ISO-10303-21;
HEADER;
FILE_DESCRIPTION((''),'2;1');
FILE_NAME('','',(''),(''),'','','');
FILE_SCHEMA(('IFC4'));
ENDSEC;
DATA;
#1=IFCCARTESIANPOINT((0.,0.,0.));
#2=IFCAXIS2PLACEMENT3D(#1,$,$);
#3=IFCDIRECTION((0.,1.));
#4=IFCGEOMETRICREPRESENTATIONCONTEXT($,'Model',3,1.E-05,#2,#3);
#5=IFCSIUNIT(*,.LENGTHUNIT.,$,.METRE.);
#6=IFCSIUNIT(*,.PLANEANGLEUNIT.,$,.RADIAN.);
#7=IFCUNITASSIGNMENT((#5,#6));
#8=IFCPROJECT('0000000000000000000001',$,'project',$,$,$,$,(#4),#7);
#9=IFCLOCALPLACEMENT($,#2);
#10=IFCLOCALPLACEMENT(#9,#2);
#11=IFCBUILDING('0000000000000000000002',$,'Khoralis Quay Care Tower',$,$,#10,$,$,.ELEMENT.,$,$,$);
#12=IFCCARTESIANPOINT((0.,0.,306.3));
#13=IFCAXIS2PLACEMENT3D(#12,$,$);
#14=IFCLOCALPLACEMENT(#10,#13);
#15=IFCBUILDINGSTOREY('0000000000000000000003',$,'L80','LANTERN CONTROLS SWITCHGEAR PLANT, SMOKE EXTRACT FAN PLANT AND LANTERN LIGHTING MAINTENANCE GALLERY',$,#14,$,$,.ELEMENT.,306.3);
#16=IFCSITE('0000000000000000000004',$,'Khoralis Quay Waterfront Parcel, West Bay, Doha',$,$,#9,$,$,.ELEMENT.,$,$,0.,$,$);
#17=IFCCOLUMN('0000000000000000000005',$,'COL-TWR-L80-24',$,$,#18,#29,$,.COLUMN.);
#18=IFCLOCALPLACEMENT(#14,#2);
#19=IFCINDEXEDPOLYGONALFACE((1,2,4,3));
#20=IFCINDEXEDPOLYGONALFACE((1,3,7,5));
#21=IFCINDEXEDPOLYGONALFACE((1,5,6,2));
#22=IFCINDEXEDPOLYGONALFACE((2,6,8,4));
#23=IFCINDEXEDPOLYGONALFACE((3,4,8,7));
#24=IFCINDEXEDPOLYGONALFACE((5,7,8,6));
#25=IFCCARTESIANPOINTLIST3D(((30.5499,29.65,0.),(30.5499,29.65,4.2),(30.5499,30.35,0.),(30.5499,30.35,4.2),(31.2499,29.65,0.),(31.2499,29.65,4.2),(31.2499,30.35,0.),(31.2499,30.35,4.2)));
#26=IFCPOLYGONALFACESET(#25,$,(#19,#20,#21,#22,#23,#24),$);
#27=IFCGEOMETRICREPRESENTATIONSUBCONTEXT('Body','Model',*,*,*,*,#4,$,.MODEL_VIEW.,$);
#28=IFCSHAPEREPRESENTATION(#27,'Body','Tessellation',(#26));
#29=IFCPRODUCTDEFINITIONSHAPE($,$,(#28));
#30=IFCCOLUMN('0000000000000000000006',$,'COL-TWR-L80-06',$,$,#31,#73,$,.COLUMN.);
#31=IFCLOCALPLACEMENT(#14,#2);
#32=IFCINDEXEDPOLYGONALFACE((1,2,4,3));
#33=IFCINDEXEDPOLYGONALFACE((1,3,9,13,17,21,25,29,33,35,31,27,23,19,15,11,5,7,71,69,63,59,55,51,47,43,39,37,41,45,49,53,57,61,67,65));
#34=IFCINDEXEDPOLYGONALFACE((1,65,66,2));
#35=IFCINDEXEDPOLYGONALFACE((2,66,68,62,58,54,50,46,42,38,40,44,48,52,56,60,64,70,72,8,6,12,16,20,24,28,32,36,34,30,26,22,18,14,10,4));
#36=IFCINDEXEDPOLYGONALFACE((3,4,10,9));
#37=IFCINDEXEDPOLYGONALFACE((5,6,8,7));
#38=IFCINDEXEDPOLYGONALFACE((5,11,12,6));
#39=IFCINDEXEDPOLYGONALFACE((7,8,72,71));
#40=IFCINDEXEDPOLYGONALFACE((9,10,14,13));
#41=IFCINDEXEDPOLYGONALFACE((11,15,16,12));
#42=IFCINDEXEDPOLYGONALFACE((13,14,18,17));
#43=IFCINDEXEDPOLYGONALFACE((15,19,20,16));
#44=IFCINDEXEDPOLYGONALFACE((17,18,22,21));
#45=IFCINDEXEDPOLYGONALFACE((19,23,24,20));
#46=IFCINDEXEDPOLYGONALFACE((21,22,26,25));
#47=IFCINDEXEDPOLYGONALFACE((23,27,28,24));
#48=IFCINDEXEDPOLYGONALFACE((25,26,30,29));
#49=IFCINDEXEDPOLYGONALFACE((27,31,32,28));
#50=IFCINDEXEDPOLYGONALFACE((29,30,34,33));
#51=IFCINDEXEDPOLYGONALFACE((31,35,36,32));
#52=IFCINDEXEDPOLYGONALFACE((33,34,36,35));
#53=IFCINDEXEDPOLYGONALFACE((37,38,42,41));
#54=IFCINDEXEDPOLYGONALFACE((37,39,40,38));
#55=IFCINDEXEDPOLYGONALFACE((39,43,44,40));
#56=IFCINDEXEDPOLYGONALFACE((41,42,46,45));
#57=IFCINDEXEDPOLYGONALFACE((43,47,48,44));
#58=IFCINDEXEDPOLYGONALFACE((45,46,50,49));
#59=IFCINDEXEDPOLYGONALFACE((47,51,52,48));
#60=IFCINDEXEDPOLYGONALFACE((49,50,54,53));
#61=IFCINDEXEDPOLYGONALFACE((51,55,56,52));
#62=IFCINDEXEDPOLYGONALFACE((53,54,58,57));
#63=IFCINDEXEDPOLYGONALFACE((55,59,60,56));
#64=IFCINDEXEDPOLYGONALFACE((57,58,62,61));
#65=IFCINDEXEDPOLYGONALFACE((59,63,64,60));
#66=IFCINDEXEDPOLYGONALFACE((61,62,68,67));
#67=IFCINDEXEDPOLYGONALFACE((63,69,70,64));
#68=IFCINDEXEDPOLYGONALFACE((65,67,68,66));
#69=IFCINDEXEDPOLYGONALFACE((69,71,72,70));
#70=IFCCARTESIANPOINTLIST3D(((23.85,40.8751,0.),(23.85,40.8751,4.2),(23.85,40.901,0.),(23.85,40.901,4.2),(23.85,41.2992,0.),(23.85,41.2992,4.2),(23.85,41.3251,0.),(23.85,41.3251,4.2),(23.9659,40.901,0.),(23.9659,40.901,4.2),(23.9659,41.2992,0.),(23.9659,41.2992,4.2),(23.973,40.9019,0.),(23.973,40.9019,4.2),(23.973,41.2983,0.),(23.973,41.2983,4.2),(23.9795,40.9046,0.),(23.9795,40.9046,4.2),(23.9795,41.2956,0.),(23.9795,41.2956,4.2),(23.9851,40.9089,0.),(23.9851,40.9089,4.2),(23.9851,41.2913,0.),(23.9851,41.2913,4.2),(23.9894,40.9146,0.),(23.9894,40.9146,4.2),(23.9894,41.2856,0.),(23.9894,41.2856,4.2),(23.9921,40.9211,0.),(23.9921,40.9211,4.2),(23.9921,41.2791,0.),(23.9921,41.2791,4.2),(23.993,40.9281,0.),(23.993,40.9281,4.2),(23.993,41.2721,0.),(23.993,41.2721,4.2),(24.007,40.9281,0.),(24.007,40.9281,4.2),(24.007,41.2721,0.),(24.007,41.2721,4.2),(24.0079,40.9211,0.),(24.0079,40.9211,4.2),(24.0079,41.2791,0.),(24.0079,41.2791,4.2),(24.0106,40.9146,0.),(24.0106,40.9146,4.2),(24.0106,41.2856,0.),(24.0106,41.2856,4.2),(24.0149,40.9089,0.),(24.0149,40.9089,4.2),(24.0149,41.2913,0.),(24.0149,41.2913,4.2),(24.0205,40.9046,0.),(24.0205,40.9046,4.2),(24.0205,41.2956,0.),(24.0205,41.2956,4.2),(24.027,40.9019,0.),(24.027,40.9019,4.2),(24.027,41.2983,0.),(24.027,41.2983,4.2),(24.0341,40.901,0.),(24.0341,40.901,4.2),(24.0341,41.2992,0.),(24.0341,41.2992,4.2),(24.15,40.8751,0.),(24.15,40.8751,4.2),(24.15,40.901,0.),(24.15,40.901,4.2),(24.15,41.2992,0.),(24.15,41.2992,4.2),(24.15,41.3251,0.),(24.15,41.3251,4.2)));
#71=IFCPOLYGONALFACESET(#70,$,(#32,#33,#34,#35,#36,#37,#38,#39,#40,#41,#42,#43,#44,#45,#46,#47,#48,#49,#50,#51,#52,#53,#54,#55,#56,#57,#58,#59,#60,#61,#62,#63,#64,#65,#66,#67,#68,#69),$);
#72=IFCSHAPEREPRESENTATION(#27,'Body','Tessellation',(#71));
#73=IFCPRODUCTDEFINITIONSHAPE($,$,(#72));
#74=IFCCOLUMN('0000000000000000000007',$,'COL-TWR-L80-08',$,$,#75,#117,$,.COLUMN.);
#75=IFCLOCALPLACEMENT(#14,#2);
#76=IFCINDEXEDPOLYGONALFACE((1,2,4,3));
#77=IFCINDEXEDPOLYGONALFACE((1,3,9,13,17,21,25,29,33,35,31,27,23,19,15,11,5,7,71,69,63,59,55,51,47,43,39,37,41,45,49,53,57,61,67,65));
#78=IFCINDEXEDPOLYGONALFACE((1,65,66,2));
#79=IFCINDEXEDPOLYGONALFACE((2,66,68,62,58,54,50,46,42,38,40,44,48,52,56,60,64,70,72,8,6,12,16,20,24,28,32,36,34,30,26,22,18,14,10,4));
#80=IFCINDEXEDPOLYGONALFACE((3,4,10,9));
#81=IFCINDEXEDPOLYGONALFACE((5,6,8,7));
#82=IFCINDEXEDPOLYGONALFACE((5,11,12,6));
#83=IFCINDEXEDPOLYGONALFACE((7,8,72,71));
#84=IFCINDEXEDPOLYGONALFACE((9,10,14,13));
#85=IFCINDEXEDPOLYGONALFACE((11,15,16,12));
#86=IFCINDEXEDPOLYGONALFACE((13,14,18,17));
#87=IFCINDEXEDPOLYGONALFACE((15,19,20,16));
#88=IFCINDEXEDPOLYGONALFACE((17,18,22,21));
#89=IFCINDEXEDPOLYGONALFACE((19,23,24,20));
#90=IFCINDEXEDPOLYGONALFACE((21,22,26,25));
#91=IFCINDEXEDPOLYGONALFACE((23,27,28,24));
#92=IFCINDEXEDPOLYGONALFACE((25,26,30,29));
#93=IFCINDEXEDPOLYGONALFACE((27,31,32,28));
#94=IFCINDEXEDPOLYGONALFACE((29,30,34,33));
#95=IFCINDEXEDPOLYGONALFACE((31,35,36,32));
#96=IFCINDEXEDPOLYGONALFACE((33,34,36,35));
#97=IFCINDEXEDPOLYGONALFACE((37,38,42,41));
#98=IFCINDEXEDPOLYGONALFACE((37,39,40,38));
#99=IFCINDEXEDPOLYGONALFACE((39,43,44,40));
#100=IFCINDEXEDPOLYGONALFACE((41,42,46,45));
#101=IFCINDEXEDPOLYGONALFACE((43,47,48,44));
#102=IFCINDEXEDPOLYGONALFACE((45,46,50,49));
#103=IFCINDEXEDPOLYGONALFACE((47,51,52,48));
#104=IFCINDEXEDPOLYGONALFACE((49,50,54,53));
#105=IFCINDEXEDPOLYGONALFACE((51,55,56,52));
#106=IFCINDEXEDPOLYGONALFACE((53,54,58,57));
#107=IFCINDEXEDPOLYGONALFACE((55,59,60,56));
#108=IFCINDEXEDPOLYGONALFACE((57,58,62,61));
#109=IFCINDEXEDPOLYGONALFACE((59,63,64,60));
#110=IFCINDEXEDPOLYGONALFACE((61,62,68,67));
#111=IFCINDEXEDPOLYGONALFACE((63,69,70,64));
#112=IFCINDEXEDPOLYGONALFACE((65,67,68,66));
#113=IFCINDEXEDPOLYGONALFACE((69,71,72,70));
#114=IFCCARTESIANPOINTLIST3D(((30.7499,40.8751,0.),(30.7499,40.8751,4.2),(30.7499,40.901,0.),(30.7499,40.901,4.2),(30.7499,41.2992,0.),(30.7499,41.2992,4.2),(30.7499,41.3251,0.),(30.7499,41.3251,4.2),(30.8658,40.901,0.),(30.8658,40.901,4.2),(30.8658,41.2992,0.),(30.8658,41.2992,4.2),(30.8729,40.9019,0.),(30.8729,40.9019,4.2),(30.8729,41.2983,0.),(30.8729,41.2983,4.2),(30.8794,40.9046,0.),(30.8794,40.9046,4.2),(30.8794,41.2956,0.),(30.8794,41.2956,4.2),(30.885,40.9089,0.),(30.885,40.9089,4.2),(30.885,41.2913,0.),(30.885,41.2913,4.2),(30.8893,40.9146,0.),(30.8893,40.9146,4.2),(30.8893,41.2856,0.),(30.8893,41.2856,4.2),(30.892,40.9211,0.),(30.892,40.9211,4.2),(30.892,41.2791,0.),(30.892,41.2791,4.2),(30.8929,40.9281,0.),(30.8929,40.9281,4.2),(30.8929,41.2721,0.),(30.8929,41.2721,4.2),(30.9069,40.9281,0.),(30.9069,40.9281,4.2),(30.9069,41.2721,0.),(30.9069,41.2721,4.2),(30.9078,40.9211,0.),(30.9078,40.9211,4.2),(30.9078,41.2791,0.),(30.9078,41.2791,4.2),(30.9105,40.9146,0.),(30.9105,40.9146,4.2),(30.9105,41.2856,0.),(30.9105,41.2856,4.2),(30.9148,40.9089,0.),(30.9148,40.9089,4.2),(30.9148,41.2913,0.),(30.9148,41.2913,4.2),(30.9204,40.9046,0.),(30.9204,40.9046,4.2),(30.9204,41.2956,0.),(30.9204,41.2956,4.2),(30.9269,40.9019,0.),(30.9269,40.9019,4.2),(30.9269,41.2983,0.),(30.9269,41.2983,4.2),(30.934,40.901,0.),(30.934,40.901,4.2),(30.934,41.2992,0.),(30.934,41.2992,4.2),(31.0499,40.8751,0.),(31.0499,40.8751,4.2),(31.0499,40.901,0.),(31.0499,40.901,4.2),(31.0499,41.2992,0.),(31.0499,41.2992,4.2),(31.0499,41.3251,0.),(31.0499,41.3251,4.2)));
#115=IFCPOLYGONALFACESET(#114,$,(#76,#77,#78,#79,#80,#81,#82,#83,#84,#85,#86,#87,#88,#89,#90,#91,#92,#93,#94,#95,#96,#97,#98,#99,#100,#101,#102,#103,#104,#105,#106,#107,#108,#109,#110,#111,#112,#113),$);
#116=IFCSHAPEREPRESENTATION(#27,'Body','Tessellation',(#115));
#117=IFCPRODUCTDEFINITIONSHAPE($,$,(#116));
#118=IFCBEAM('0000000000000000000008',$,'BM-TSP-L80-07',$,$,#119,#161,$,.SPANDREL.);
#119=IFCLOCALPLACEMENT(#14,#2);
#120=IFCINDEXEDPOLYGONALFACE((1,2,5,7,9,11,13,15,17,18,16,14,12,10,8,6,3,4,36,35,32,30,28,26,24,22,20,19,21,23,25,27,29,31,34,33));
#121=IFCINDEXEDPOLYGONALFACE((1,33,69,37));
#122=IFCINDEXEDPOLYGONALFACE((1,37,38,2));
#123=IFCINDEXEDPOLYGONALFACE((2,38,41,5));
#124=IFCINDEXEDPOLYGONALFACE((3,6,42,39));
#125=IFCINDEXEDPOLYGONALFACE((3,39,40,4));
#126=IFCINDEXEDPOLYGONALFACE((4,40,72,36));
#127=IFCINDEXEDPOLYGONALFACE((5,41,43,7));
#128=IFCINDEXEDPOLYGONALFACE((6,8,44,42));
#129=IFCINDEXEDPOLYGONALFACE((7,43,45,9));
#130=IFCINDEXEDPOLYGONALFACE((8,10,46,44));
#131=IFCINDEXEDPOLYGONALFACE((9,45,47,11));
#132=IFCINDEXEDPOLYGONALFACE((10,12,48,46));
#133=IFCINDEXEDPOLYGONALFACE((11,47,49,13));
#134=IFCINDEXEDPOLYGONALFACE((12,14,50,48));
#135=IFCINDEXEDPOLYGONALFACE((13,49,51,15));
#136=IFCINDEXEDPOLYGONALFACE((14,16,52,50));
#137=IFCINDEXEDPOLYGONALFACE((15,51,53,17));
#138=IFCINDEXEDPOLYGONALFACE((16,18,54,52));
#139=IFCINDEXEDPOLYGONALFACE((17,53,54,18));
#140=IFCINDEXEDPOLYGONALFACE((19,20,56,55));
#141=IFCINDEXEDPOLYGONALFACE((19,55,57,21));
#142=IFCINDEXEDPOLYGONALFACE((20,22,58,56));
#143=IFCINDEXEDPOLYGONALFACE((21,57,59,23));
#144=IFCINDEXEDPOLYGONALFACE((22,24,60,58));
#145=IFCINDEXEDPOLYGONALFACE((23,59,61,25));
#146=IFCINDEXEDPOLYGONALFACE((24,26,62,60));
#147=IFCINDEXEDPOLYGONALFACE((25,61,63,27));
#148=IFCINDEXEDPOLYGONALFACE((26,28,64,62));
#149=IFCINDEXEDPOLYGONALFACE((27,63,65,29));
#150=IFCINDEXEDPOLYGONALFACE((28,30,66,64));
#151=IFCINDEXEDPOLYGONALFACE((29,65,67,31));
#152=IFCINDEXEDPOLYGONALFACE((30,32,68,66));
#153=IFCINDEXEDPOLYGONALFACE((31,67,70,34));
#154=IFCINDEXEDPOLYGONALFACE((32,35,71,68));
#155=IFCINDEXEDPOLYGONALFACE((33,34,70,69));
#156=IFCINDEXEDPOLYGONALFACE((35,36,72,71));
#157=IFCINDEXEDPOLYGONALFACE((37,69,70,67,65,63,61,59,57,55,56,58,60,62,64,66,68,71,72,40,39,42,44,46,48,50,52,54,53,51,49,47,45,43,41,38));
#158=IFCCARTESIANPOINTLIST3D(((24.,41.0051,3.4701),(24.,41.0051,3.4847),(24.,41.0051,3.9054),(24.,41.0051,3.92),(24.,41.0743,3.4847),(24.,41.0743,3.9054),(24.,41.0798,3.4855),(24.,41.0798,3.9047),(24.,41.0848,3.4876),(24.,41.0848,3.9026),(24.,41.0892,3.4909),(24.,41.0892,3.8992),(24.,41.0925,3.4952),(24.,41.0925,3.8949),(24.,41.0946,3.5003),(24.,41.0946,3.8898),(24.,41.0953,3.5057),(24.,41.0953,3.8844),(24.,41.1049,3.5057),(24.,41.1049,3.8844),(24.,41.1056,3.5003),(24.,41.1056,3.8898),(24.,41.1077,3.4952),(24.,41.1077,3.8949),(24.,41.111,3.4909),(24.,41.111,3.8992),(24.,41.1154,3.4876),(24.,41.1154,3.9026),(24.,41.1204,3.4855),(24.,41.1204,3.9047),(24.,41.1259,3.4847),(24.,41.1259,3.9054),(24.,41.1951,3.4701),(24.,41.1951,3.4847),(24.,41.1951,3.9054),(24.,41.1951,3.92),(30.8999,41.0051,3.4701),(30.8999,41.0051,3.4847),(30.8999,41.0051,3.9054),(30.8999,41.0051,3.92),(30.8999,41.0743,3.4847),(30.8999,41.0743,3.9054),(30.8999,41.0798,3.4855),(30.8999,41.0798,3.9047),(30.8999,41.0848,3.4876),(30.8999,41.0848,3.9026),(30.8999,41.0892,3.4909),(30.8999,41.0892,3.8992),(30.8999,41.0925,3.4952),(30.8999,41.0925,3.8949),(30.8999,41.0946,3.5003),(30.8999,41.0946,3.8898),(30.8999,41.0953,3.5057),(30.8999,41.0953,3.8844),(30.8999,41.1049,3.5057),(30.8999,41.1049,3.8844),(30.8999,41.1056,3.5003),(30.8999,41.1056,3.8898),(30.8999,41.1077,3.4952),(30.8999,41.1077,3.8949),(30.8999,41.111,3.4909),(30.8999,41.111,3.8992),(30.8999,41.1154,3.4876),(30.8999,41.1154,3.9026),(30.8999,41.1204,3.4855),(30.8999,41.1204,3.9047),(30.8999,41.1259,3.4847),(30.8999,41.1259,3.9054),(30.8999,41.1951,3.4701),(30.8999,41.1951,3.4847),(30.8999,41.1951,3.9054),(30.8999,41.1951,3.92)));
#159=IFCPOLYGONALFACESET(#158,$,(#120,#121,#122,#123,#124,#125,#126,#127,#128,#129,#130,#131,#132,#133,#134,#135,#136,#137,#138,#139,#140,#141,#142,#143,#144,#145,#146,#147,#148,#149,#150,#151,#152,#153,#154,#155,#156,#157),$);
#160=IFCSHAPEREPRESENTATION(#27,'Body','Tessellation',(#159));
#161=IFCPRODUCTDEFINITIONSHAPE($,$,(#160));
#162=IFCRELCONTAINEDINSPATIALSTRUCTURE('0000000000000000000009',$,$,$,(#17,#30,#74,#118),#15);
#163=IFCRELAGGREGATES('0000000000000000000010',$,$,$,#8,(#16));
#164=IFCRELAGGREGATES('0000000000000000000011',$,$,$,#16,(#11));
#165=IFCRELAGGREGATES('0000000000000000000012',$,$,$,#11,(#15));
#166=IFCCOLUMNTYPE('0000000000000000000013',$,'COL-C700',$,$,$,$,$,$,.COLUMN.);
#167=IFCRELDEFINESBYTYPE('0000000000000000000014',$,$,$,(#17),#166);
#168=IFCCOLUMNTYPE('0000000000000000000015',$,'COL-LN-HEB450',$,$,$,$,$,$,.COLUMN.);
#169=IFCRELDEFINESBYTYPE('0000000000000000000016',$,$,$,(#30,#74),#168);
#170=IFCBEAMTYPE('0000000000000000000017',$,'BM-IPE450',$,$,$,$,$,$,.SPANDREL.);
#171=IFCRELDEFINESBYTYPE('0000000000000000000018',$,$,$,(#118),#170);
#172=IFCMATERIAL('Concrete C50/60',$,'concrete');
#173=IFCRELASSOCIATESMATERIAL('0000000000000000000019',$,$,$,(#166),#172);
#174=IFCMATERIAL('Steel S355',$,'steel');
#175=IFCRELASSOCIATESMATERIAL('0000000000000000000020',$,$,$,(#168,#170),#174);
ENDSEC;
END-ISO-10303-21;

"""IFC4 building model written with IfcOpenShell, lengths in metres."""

from ifc_helpers import new_model, si_unit, direction, frame, origin, origin_2d, place, context, subcontext, project, spatial, rectangle, i_section, extrude, source, transform, mapped, material, material_profile, profile_set, type_object, element, save


model = new_model("IFC4")

# Units and contexts
model_context = context("Model", 3, precision=1e-05, world=origin(), true_north=direction((0.0, 1.0)))
body_context = subcontext(model_context, "Body", "Model", "MODEL_VIEW")
ifc_project = project(units=[si_unit("LENGTHUNIT", "METRE"), si_unit("PLANEANGLEUNIT", "RADIAN")], contexts=[model_context])

# Site, building, storey
site_placement = place(None, origin())
site = spatial("IfcSite", under=ifc_project, at=site_placement, Name="Khoralis Quay Waterfront Parcel, West Bay, Doha", CompositionType="ELEMENT", RefElevation=0.0)
building_placement = place(site_placement, origin())
building = spatial("IfcBuilding", under=site, at=building_placement, Name="Khoralis Quay Care Tower", CompositionType="ELEMENT")
storey_placement = place(building_placement, frame((0.0, 0.0, 306.3)))
storey = spatial("IfcBuildingStorey", under=building, at=storey_placement, Name="L80", Description="LANTERN CONTROLS SWITCHGEAR PLANT, SMOKE EXTRACT FAN PLANT AND LANTERN LIGHTING MAINTENANCE GALLERY", CompositionType="ELEMENT", Elevation=306.3)

# Columns
ifc_material_1 = material(Name="Concrete C50/60", Category="concrete")
ifc_material_profile_1 = material_profile(ifc_material_1, rectangle(XDim=0.7, YDim=0.7, at=origin_2d()), Name="Concrete C50/60")
ifc_profile_set_1 = profile_set([ifc_material_profile_1], Name="Concrete C50/60")
column_type_1 = type_object("IfcColumnType", Name="COL-C700", PredefinedType="COLUMN", material=ifc_profile_set_1)
shared_shape_1 = source(origin(), body_context, "Body", "SweptSolid", [
    extrude(rectangle(XDim=0.7, YDim=0.7, at=origin_2d()), origin(), (0.0, 0.0, 1.0), 4.2),
])
column_placement = place(storey_placement, frame((30.8999, 30.0, 0.0), z_axis=(0.0, 0.0, 1.0), x_axis=(1.0, 0.0, 0.0)))
element("IfcColumn", 1, at=column_placement, inside=storey, type_object=column_type_1, Name="COL-TWR-L80-24", PredefinedType="COLUMN", context=body_context, shape_type="MappedRepresentation", body=[
    mapped(shared_shape_1, transform((0.0, 0.0, 0.0), scale=1.0)),
])
ifc_material_2 = material(Name="Steel S355", Category="steel")
ifc_material_profile_2 = material_profile(ifc_material_2, i_section(OverallWidth=0.3, OverallDepth=0.45, WebThickness=0.0139, FlangeThickness=0.0259, FilletRadius=0.0271, at=origin_2d()), Name="Steel S355")
ifc_profile_set_2 = profile_set([ifc_material_profile_2], Name="Steel S355")
column_type_2 = type_object("IfcColumnType", Name="COL-LN-HEB450", PredefinedType="COLUMN", material=ifc_profile_set_2)
shared_shape_2 = source(origin(), body_context, "Body", "SweptSolid", [
    extrude(i_section(OverallWidth=0.3, OverallDepth=0.45, WebThickness=0.0139, FlangeThickness=0.0259, FilletRadius=0.0271, at=origin_2d()), origin(), (0.0, 0.0, 1.0), 4.2),
])
for number, where, z_axis, x_axis, name in (
    (2, (24.0, 41.1001, 0.0), (0.0, 0.0, 1.0), (1.0, 0.0, 0.0), "COL-TWR-L80-06"),
    (3, (30.8999, 41.1001, 0.0), (0.0, 0.0, 1.0), (1.0, 0.0, 0.0), "COL-TWR-L80-08"),
):
    element("IfcColumn", number, at=place(storey_placement, frame(where, z_axis=z_axis, x_axis=x_axis)), inside=storey, type_object=column_type_2, Name=name, PredefinedType="COLUMN", context=body_context, shape_type="MappedRepresentation", body=[
        mapped(shared_shape_2, transform((0.0, 0.0, 0.0), scale=1.0)),
    ])

# Beam
ifc_material_profile_3 = material_profile(ifc_material_2, i_section(OverallWidth=0.1899, OverallDepth=0.45, WebThickness=0.0095, FlangeThickness=0.0146, FilletRadius=0.021, at=origin_2d()), Name="Steel S355")
ifc_profile_set_3 = profile_set([ifc_material_profile_3], Name="Steel S355")
beam_type_1 = type_object("IfcBeamType", Name="BM-IPE450", PredefinedType="SPANDREL", material=ifc_profile_set_3)
shared_shape_3 = source(origin(), body_context, "Body", "SweptSolid", [
    extrude(i_section(OverallWidth=0.1899, OverallDepth=0.45, WebThickness=0.0095, FlangeThickness=0.0146, FilletRadius=0.021, at=origin_2d()), origin(), (0.0, 0.0, 1.0), 6.8999),
])
beam_1_placement = place(storey_placement, frame((24.0, 41.1001, 3.6951), z_axis=(1.0, 0.0, 0.0), x_axis=(0.0, 1.0, 0.0)))
element("IfcBeam", 4, at=beam_1_placement, inside=storey, type_object=beam_type_1, Name="BM-TSP-L80-07", PredefinedType="SPANDREL", context=body_context, shape_type="MappedRepresentation", body=[
    mapped(shared_shape_3, transform((0.0, 0.0, 0.0), scale=1.0)),
])

save(model, "model.ifc")
